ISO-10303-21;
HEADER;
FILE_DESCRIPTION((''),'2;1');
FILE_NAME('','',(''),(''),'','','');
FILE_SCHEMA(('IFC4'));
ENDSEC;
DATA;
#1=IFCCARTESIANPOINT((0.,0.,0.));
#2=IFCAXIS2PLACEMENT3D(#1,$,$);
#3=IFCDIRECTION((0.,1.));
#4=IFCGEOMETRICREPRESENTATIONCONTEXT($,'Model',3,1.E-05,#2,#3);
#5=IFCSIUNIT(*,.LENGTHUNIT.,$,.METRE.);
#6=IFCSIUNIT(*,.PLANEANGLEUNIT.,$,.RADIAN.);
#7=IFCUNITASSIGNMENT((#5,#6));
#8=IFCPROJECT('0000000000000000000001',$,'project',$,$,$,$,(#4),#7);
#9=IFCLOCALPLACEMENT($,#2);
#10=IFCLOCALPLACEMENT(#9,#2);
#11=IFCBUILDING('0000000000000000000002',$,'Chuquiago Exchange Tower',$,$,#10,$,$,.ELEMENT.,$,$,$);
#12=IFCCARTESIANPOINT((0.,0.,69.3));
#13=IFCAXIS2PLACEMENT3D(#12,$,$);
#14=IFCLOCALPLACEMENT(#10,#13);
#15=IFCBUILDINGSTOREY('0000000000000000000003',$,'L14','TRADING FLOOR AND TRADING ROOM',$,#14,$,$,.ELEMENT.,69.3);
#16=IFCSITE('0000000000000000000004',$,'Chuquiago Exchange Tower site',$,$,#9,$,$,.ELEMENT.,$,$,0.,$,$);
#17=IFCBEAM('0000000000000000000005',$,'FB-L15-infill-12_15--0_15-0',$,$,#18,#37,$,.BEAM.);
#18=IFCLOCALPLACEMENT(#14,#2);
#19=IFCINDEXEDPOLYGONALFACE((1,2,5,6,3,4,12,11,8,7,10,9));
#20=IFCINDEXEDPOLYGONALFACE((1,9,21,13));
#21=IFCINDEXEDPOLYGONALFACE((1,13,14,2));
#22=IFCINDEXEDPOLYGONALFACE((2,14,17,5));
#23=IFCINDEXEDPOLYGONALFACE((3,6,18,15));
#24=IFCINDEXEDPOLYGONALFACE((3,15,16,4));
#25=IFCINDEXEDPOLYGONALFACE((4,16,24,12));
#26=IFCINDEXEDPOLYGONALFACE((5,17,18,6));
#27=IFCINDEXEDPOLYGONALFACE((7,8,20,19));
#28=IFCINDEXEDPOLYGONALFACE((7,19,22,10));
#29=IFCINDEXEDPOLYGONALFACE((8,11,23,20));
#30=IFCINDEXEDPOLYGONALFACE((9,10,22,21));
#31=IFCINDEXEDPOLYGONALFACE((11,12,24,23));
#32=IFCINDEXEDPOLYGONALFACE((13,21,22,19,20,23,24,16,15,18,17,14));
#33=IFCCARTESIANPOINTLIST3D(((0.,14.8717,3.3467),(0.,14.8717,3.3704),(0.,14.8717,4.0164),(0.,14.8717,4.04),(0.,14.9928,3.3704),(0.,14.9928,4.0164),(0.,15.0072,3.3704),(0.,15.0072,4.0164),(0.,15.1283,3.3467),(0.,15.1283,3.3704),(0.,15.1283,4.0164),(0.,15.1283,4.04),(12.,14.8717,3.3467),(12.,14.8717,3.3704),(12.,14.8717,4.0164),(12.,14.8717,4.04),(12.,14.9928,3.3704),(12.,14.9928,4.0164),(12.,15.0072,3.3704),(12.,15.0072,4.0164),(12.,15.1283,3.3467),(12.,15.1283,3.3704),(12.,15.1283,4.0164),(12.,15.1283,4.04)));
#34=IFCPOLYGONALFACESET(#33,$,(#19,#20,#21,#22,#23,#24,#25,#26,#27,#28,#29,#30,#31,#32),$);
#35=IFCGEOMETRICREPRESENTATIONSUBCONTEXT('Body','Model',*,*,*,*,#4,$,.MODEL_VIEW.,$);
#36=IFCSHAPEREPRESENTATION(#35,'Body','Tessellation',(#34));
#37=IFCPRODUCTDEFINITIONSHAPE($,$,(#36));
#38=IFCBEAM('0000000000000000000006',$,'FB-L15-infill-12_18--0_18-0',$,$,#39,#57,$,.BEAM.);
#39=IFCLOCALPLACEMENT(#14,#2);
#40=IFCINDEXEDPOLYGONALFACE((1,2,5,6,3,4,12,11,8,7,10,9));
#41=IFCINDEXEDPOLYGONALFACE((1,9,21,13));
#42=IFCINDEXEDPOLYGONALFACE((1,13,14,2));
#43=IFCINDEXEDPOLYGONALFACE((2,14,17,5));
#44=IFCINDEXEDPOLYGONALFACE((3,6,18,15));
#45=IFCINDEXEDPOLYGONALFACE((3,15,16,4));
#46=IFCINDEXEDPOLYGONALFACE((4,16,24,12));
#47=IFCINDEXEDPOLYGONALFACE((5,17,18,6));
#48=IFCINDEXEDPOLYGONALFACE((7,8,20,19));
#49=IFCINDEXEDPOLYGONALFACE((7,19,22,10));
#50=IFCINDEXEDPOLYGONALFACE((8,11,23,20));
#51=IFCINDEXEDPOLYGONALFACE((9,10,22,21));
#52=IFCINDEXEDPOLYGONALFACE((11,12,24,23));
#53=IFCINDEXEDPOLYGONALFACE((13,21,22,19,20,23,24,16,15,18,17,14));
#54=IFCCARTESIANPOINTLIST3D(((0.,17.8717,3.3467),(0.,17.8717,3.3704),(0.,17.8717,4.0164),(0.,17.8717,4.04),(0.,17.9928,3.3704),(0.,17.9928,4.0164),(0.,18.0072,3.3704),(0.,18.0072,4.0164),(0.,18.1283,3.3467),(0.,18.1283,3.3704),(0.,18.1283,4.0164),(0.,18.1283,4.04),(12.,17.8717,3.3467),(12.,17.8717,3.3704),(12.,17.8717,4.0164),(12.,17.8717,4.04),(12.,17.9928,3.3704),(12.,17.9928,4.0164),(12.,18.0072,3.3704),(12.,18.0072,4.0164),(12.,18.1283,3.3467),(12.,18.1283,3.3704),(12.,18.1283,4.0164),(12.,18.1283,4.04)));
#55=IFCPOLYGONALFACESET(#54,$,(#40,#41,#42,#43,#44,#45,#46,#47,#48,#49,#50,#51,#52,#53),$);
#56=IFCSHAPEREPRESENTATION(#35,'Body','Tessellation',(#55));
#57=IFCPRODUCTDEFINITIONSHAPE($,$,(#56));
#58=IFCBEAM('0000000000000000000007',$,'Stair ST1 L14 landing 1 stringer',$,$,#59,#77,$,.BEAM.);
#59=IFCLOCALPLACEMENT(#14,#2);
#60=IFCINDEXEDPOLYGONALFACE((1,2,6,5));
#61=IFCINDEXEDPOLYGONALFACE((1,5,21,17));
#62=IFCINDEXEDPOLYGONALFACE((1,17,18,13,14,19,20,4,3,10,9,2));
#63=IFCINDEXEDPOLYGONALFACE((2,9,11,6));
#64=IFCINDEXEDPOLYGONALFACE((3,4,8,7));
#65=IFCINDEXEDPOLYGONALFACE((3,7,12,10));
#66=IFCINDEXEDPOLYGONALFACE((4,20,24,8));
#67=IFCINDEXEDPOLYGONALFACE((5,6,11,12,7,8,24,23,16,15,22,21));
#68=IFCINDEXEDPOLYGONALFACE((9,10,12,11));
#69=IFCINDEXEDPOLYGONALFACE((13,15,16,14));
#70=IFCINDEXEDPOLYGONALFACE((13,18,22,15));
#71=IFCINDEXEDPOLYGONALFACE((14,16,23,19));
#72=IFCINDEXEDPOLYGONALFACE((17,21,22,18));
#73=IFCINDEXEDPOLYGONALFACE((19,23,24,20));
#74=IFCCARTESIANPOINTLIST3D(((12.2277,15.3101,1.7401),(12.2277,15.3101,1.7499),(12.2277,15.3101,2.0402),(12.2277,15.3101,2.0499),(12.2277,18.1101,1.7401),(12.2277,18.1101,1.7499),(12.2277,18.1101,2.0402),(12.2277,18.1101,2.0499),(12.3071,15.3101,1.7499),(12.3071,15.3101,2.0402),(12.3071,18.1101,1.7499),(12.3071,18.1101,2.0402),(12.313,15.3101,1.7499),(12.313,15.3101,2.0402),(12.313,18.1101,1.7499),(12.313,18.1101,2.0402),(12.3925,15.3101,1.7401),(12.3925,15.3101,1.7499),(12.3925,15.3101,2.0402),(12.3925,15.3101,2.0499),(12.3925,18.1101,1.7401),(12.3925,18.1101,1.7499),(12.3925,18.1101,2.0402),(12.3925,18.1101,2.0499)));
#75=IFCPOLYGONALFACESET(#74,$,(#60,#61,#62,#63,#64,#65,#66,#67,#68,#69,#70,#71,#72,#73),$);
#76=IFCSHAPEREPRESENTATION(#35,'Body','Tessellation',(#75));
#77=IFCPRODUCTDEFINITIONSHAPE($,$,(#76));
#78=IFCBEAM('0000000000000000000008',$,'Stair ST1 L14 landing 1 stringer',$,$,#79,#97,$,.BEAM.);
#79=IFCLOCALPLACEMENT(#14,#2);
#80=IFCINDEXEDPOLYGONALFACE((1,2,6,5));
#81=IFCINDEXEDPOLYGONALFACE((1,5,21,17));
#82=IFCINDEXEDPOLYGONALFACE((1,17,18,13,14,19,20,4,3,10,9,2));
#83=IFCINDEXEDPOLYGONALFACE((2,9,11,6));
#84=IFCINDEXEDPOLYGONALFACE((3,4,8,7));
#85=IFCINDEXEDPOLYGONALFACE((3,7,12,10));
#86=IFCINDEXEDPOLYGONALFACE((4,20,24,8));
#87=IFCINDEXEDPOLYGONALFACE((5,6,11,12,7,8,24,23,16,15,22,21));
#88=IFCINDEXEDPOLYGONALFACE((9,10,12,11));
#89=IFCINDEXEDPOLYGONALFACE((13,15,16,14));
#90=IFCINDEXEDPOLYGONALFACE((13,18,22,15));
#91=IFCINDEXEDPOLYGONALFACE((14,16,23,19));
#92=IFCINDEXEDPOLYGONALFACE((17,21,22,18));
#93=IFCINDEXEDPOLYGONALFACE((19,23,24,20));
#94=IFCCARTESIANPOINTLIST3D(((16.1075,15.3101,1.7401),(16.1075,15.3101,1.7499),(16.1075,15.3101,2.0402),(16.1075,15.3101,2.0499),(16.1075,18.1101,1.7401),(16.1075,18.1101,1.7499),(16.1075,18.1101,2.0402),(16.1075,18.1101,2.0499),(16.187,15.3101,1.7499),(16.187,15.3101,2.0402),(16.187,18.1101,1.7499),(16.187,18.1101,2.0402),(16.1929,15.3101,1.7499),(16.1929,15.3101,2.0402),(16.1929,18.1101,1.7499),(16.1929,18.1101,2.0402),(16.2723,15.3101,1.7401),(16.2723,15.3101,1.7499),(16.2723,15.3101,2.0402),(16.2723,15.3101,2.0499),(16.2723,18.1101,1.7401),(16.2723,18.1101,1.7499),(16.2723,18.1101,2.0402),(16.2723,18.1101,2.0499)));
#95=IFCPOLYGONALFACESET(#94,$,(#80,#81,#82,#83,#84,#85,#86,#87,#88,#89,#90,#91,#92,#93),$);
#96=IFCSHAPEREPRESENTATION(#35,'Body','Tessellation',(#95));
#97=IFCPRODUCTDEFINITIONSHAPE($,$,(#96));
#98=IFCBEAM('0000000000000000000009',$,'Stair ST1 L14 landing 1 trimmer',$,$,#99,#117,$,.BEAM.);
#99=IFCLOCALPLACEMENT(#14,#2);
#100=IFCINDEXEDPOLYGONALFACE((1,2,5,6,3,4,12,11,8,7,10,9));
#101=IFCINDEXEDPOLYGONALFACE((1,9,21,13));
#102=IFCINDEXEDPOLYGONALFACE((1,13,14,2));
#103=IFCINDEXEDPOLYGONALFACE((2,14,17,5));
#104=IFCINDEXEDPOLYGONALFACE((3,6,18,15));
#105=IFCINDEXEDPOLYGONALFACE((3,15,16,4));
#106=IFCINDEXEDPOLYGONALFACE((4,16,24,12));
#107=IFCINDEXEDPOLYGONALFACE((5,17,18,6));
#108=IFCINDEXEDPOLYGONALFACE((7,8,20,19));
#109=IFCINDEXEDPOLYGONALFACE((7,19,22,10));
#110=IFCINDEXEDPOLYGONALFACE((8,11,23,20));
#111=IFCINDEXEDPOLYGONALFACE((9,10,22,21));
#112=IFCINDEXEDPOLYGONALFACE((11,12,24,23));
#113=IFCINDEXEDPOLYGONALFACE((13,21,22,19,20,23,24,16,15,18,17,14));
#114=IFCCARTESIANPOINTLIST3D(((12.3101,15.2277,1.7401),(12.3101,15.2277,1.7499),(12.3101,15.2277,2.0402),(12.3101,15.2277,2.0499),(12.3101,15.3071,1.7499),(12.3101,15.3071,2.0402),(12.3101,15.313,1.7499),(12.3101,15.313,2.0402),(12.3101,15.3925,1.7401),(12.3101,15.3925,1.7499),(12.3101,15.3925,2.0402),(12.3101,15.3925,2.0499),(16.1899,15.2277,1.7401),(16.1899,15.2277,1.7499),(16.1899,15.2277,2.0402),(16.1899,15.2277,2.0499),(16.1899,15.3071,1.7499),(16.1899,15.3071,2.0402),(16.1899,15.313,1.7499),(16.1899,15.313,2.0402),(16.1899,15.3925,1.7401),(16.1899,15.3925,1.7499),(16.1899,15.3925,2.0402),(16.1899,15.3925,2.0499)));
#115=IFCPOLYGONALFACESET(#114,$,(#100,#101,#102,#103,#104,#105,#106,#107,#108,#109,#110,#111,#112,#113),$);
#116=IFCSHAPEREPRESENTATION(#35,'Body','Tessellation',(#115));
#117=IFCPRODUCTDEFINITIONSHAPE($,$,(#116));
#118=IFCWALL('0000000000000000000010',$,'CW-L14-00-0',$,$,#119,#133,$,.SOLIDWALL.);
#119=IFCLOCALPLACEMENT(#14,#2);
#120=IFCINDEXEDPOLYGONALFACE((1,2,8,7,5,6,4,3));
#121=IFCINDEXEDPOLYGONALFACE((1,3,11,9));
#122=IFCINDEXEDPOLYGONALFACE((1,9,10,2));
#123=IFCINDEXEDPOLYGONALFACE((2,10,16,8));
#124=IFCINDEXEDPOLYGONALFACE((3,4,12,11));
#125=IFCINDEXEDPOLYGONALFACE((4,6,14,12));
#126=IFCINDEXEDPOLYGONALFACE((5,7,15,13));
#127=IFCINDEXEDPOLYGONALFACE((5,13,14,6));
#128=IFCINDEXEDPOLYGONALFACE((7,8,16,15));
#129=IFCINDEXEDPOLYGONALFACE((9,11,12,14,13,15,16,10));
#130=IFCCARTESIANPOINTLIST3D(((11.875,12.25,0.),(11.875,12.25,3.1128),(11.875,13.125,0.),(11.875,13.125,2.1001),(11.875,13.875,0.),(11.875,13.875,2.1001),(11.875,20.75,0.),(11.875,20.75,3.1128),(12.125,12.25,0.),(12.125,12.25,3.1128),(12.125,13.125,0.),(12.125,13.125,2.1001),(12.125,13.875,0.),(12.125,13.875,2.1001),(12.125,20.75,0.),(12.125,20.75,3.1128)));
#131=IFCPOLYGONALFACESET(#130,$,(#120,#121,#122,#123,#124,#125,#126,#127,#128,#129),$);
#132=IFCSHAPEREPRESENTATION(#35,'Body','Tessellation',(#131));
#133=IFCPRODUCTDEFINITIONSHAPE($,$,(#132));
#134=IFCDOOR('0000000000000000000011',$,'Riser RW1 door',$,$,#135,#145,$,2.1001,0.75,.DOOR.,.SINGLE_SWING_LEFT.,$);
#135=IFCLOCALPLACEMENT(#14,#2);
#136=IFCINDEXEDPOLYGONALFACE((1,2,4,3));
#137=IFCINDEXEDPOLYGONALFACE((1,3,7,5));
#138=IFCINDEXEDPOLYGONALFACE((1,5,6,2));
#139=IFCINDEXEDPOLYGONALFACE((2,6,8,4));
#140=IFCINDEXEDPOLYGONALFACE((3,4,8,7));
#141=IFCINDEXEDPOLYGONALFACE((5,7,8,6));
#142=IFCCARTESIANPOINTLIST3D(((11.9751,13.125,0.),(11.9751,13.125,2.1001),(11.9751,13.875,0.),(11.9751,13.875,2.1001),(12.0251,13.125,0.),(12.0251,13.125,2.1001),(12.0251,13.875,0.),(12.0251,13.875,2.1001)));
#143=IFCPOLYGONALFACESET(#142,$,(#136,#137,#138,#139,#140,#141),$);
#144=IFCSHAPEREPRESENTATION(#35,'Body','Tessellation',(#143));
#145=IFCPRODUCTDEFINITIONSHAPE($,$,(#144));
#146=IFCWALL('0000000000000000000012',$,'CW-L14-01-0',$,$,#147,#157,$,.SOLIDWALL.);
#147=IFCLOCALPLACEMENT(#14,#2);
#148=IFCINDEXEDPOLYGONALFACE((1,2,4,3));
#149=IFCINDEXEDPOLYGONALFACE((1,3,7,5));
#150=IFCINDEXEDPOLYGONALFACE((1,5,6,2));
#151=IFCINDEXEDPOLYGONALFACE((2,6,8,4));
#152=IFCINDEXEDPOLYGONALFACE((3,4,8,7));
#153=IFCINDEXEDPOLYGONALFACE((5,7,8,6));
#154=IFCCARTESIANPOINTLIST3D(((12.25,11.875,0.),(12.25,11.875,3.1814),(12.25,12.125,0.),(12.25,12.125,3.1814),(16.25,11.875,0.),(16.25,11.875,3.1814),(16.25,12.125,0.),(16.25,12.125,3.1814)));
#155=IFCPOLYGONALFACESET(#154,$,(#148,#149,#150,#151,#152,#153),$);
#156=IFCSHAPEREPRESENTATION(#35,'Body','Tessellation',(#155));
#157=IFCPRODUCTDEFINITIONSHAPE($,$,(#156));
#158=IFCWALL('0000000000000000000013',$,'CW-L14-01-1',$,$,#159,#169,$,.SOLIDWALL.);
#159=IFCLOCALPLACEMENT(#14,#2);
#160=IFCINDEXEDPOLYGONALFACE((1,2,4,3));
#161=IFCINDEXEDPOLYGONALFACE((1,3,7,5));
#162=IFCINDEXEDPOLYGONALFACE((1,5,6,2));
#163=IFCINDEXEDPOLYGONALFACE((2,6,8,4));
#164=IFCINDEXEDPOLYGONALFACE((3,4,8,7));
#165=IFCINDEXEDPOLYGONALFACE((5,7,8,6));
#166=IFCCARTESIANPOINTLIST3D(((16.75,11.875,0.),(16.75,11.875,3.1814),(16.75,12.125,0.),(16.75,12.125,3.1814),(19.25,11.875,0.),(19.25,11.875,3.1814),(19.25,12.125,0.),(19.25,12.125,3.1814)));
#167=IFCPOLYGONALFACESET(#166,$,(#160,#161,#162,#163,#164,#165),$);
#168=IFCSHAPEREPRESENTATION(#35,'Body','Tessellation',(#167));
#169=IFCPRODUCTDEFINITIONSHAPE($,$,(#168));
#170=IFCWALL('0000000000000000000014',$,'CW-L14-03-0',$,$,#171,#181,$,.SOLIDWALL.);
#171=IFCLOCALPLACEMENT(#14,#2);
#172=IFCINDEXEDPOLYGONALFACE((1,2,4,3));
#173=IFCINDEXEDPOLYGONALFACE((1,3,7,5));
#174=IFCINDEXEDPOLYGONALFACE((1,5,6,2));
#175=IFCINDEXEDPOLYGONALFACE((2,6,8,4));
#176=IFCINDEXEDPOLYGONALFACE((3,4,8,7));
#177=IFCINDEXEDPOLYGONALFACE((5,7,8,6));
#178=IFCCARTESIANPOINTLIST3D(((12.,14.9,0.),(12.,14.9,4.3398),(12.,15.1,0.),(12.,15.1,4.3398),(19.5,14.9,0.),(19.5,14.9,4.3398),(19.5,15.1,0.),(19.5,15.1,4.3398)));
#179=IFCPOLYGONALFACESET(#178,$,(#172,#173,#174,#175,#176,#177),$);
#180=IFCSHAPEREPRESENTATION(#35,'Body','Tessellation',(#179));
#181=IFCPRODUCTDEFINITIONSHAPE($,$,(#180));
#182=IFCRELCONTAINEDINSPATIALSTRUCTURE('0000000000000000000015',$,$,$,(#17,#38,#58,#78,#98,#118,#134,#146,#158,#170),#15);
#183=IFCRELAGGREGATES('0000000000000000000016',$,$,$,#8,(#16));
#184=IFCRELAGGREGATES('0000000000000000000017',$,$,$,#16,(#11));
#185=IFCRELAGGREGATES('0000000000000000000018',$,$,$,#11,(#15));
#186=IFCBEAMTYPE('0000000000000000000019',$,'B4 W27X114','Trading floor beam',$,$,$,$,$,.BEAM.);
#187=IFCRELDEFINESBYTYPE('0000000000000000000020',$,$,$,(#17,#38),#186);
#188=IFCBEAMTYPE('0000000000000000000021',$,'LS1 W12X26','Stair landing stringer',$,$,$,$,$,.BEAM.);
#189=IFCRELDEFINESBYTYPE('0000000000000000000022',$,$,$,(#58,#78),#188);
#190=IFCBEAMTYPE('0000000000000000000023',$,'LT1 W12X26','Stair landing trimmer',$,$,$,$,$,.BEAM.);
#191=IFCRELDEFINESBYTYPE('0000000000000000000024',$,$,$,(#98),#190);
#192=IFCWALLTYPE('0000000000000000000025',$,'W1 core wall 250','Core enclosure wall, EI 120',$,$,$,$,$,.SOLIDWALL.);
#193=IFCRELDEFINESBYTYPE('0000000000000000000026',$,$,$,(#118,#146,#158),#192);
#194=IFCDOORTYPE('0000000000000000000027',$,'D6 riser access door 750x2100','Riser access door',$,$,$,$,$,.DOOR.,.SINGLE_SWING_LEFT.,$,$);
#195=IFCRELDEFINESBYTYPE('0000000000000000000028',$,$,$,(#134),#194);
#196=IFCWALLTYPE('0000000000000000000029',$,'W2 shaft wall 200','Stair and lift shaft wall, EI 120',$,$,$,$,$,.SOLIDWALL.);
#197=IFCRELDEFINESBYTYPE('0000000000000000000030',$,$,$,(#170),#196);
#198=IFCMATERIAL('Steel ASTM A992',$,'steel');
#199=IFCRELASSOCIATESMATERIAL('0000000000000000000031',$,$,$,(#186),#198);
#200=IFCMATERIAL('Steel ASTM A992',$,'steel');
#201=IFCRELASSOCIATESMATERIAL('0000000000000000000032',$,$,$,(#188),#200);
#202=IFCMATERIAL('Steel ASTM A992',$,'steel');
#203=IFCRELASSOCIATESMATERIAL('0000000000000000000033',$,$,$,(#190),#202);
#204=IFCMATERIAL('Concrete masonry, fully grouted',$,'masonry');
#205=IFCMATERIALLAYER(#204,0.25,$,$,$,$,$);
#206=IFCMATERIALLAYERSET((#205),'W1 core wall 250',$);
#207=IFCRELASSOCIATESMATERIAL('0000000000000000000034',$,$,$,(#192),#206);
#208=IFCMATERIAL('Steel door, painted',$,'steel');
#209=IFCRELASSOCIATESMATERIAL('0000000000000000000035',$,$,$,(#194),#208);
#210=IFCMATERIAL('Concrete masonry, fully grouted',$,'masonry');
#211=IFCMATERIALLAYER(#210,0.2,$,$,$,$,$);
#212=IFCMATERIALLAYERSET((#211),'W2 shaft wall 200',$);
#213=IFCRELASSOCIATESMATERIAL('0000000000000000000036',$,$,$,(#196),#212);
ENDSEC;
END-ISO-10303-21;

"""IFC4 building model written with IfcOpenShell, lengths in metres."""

from ifc_helpers import new_model, si_unit, direction, frame, frame_2d, origin, origin_2d, place, context, subcontext, project, spatial, rectangle, i_section, extrude, material, layer, layer_set, material_profile, profile_set, type_object, element, fill, save


model = new_model("IFC4")

# Units and contexts
model_context = context("Model", 3, precision=1e-05, world=origin(), true_north=direction((0.0, 1.0)))
body_context = subcontext(model_context, "Body", "Model", "MODEL_VIEW")
ifc_project = project(units=[si_unit("LENGTHUNIT", "METRE"), si_unit("PLANEANGLEUNIT", "RADIAN")], contexts=[model_context])

# Site, building, storey
site_placement = place(None, origin())
site = spatial("IfcSite", under=ifc_project, at=site_placement, Name="Chuquiago Exchange Tower site", CompositionType="ELEMENT", RefElevation=0.0)
building_placement = place(site_placement, origin())
building = spatial("IfcBuilding", under=site, at=building_placement, Name="Chuquiago Exchange Tower", CompositionType="ELEMENT")
storey_placement = place(building_placement, frame((0.0, 0.0, 69.3)))
storey = spatial("IfcBuildingStorey", under=building, at=storey_placement, Name="L14", Description="TRADING FLOOR AND TRADING ROOM", CompositionType="ELEMENT", Elevation=69.3)

# Beams
ifc_material_1 = material(Name="Steel ASTM A992", Category="steel")
ifc_material_profile_1 = material_profile(ifc_material_1, i_section(OverallWidth=0.2566, OverallDepth=0.6934, WebThickness=0.0144, FlangeThickness=0.0237, at=origin_2d()), Name="W27X114")
ifc_profile_set_1 = profile_set([ifc_material_profile_1], Name="Steel ASTM A992")
beam_type_1 = type_object("IfcBeamType", Name="B4 W27X114", Description="Trading floor beam", PredefinedType="BEAM", material=ifc_profile_set_1)
for number, where, z_axis, x_axis, name in (
    (1, (12.0, 15.0, 3.6934), (-1.0, 0.0, 0.0), (0.0, -1.0, 0.0), "FB-L15-infill-12_15--0_15-0"),
    (2, (12.0, 18.0, 3.6934), (-1.0, 0.0, 0.0), (0.0, -1.0, 0.0), "FB-L15-infill-12_18--0_18-0"),
):
    element("IfcBeam", number, at=place(storey_placement, frame(where, z_axis=z_axis, x_axis=x_axis)), inside=storey, type_object=beam_type_1, Name=name, PredefinedType="BEAM", context=body_context, shape_type="SweptSolid", body=[
        extrude(i_section(OverallWidth=0.2566, OverallDepth=0.6934, WebThickness=0.0144, FlangeThickness=0.0237, at=origin_2d()), origin(), (0.0, 0.0, 1.0), 12.0),
    ])
ifc_material_2 = material(Name="Steel ASTM A992", Category="steel")
ifc_material_profile_2 = material_profile(ifc_material_2, i_section(OverallWidth=0.1648, OverallDepth=0.3098, WebThickness=0.0059, FlangeThickness=0.0098, at=origin_2d()), Name="W12X26")
ifc_profile_set_2 = profile_set([ifc_material_profile_2], Name="Steel ASTM A992")
beam_type_2 = type_object("IfcBeamType", Name="LS1 W12X26", Description="Stair landing stringer", PredefinedType="BEAM", material=ifc_profile_set_2)
for number, where, z_axis, x_axis, name in (
    (3, (12.3101, 15.3101, 1.895), (0.0, 1.0, 0.0), (-1.0, 0.0, 0.0), "Stair ST1 L14 landing 1 stringer"),
    (4, (16.1899, 15.3101, 1.895), (0.0, 1.0, 0.0), (-1.0, 0.0, 0.0), "Stair ST1 L14 landing 1 stringer"),
):
    element("IfcBeam", number, at=place(storey_placement, frame(where, z_axis=z_axis, x_axis=x_axis)), inside=storey, type_object=beam_type_2, Name=name, PredefinedType="BEAM", context=body_context, shape_type="SweptSolid", body=[
        extrude(i_section(OverallWidth=0.1648, OverallDepth=0.3098, WebThickness=0.0059, FlangeThickness=0.0098, at=origin_2d()), origin(), (0.0, 0.0, 1.0), 2.8),
    ])
ifc_material_3 = material(Name="Steel ASTM A992", Category="steel")
ifc_material_profile_3 = material_profile(ifc_material_3, i_section(OverallWidth=0.1648, OverallDepth=0.3098, WebThickness=0.0059, FlangeThickness=0.0098, at=origin_2d()), Name="W12X26")
ifc_profile_set_3 = profile_set([ifc_material_profile_3], Name="Steel ASTM A992")
beam_type_3 = type_object("IfcBeamType", Name="LT1 W12X26", Description="Stair landing trimmer", PredefinedType="BEAM", material=ifc_profile_set_3)
beam_1_placement = place(storey_placement, frame((12.3101, 15.3101, 1.895), z_axis=(1.0, 0.0, 0.0), x_axis=(0.0, 1.0, 0.0)))
element("IfcBeam", 5, at=beam_1_placement, inside=storey, type_object=beam_type_3, Name="Stair ST1 L14 landing 1 trimmer", PredefinedType="BEAM", context=body_context, shape_type="SweptSolid", body=[
    extrude(i_section(OverallWidth=0.1648, OverallDepth=0.3098, WebThickness=0.0059, FlangeThickness=0.0098, at=origin_2d()), origin(), (0.0, 0.0, 1.0), 3.8799),
])

# Wall, opening, door
ifc_material_4 = material(Name="Concrete masonry, fully grouted", Category="masonry")
ifc_layer_1 = layer(ifc_material_4, 0.25)
ifc_layer_set_1 = layer_set([ifc_layer_1], Name="W1 core wall 250")
wall_type_1 = type_object("IfcWallType", Name="W1 core wall 250", Description="Core enclosure wall, EI 120", PredefinedType="SOLIDWALL", material=ifc_layer_set_1)
wall_1_placement = place(storey_placement, frame((12.0, 12.25, 0.0), z_axis=(0.0, 0.0, 1.0), x_axis=(0.0, 1.0, 0.0)))
wall_1 = element("IfcWall", 6, at=wall_1_placement, inside=storey, type_object=wall_type_1, Name="CW-L14-00-0", PredefinedType="SOLIDWALL", context=body_context, shape_type="SweptSolid", body=[
    extrude(rectangle(XDim=8.5, YDim=0.25, at=frame_2d((4.25, 0.0))), origin(), (0.0, 0.0, 1.0), 3.1128),
])
opening_placement = place(wall_1_placement, frame((0.875, 0.0, 0.0)))
opening = element("IfcOpeningElement", 7, at=opening_placement, cuts=wall_1, PredefinedType="OPENING", context=body_context, shape_type="SweptSolid", body=[
    extrude(rectangle(XDim=0.75, YDim=2.1001, at=frame_2d((0.375, 1.05))), frame((0.0, 0.135, 0.0), z_axis=(0.0, -1.0, 0.0), x_axis=(1.0, 0.0, 0.0)), (0.0, 0.0, 1.0), 0.27),
])
ifc_material_5 = material(Name="Steel door, painted", Category="steel")
door_type = type_object("IfcDoorType", Name="D6 riser access door 750x2100", Description="Riser access door", OperationType="SINGLE_SWING_LEFT", PredefinedType="DOOR", material=ifc_material_5)
door_placement = place(opening_placement, origin())
door = element("IfcDoor", 8, at=door_placement, inside=storey, type_object=door_type, Name="Riser RW1 door", OperationType="SINGLE_SWING_LEFT", OverallHeight=2.1001, OverallWidth=0.75, PredefinedType="DOOR", context=body_context, shape_type="SweptSolid", body=[
    extrude(rectangle(XDim=0.75, YDim=2.1001, at=frame_2d((0.375, 1.05))), frame((0.0, 0.0249, 0.0), z_axis=(0.0, -1.0, 0.0), x_axis=(1.0, 0.0, 0.0)), (0.0, 0.0, 1.0), 0.05),
])
fill(opening, door)

# Walls
wall_2_placement = place(storey_placement, frame((12.25, 12.0, 0.0), z_axis=(0.0, 0.0, 1.0), x_axis=(1.0, 0.0, 0.0)))
element("IfcWall", 9, at=wall_2_placement, inside=storey, type_object=wall_type_1, Name="CW-L14-01-0", PredefinedType="SOLIDWALL", context=body_context, shape_type="SweptSolid", body=[
    extrude(rectangle(XDim=4.0, YDim=0.25, at=frame_2d((2.0, 0.0))), origin(), (0.0, 0.0, 1.0), 3.1814),
])
wall_3_placement = place(storey_placement, frame((16.75, 12.0, 0.0), z_axis=(0.0, 0.0, 1.0), x_axis=(1.0, 0.0, 0.0)))
element("IfcWall", 10, at=wall_3_placement, inside=storey, type_object=wall_type_1, Name="CW-L14-01-1", PredefinedType="SOLIDWALL", context=body_context, shape_type="SweptSolid", body=[
    extrude(rectangle(XDim=2.5, YDim=0.25, at=frame_2d((1.25, 0.0))), origin(), (0.0, 0.0, 1.0), 3.1814),
])
ifc_material_6 = material(Name="Concrete masonry, fully grouted", Category="masonry")
ifc_layer_2 = layer(ifc_material_6, 0.2)
ifc_layer_set_2 = layer_set([ifc_layer_2], Name="W2 shaft wall 200")
wall_type_2 = type_object("IfcWallType", Name="W2 shaft wall 200", Description="Stair and lift shaft wall, EI 120", PredefinedType="SOLIDWALL", material=ifc_layer_set_2)
wall_4_placement = place(storey_placement, frame((12.0, 15.0, 0.0), z_axis=(0.0, 0.0, 1.0), x_axis=(1.0, 0.0, 0.0)))
element("IfcWall", 11, at=wall_4_placement, inside=storey, type_object=wall_type_2, Name="CW-L14-03-0", PredefinedType="SOLIDWALL", context=body_context, shape_type="SweptSolid", body=[
    extrude(rectangle(XDim=7.5, YDim=0.2, at=frame_2d((3.75, 0.0))), origin(), (0.0, 0.0, 1.0), 4.3398),
])

save(model, "model.ifc")
